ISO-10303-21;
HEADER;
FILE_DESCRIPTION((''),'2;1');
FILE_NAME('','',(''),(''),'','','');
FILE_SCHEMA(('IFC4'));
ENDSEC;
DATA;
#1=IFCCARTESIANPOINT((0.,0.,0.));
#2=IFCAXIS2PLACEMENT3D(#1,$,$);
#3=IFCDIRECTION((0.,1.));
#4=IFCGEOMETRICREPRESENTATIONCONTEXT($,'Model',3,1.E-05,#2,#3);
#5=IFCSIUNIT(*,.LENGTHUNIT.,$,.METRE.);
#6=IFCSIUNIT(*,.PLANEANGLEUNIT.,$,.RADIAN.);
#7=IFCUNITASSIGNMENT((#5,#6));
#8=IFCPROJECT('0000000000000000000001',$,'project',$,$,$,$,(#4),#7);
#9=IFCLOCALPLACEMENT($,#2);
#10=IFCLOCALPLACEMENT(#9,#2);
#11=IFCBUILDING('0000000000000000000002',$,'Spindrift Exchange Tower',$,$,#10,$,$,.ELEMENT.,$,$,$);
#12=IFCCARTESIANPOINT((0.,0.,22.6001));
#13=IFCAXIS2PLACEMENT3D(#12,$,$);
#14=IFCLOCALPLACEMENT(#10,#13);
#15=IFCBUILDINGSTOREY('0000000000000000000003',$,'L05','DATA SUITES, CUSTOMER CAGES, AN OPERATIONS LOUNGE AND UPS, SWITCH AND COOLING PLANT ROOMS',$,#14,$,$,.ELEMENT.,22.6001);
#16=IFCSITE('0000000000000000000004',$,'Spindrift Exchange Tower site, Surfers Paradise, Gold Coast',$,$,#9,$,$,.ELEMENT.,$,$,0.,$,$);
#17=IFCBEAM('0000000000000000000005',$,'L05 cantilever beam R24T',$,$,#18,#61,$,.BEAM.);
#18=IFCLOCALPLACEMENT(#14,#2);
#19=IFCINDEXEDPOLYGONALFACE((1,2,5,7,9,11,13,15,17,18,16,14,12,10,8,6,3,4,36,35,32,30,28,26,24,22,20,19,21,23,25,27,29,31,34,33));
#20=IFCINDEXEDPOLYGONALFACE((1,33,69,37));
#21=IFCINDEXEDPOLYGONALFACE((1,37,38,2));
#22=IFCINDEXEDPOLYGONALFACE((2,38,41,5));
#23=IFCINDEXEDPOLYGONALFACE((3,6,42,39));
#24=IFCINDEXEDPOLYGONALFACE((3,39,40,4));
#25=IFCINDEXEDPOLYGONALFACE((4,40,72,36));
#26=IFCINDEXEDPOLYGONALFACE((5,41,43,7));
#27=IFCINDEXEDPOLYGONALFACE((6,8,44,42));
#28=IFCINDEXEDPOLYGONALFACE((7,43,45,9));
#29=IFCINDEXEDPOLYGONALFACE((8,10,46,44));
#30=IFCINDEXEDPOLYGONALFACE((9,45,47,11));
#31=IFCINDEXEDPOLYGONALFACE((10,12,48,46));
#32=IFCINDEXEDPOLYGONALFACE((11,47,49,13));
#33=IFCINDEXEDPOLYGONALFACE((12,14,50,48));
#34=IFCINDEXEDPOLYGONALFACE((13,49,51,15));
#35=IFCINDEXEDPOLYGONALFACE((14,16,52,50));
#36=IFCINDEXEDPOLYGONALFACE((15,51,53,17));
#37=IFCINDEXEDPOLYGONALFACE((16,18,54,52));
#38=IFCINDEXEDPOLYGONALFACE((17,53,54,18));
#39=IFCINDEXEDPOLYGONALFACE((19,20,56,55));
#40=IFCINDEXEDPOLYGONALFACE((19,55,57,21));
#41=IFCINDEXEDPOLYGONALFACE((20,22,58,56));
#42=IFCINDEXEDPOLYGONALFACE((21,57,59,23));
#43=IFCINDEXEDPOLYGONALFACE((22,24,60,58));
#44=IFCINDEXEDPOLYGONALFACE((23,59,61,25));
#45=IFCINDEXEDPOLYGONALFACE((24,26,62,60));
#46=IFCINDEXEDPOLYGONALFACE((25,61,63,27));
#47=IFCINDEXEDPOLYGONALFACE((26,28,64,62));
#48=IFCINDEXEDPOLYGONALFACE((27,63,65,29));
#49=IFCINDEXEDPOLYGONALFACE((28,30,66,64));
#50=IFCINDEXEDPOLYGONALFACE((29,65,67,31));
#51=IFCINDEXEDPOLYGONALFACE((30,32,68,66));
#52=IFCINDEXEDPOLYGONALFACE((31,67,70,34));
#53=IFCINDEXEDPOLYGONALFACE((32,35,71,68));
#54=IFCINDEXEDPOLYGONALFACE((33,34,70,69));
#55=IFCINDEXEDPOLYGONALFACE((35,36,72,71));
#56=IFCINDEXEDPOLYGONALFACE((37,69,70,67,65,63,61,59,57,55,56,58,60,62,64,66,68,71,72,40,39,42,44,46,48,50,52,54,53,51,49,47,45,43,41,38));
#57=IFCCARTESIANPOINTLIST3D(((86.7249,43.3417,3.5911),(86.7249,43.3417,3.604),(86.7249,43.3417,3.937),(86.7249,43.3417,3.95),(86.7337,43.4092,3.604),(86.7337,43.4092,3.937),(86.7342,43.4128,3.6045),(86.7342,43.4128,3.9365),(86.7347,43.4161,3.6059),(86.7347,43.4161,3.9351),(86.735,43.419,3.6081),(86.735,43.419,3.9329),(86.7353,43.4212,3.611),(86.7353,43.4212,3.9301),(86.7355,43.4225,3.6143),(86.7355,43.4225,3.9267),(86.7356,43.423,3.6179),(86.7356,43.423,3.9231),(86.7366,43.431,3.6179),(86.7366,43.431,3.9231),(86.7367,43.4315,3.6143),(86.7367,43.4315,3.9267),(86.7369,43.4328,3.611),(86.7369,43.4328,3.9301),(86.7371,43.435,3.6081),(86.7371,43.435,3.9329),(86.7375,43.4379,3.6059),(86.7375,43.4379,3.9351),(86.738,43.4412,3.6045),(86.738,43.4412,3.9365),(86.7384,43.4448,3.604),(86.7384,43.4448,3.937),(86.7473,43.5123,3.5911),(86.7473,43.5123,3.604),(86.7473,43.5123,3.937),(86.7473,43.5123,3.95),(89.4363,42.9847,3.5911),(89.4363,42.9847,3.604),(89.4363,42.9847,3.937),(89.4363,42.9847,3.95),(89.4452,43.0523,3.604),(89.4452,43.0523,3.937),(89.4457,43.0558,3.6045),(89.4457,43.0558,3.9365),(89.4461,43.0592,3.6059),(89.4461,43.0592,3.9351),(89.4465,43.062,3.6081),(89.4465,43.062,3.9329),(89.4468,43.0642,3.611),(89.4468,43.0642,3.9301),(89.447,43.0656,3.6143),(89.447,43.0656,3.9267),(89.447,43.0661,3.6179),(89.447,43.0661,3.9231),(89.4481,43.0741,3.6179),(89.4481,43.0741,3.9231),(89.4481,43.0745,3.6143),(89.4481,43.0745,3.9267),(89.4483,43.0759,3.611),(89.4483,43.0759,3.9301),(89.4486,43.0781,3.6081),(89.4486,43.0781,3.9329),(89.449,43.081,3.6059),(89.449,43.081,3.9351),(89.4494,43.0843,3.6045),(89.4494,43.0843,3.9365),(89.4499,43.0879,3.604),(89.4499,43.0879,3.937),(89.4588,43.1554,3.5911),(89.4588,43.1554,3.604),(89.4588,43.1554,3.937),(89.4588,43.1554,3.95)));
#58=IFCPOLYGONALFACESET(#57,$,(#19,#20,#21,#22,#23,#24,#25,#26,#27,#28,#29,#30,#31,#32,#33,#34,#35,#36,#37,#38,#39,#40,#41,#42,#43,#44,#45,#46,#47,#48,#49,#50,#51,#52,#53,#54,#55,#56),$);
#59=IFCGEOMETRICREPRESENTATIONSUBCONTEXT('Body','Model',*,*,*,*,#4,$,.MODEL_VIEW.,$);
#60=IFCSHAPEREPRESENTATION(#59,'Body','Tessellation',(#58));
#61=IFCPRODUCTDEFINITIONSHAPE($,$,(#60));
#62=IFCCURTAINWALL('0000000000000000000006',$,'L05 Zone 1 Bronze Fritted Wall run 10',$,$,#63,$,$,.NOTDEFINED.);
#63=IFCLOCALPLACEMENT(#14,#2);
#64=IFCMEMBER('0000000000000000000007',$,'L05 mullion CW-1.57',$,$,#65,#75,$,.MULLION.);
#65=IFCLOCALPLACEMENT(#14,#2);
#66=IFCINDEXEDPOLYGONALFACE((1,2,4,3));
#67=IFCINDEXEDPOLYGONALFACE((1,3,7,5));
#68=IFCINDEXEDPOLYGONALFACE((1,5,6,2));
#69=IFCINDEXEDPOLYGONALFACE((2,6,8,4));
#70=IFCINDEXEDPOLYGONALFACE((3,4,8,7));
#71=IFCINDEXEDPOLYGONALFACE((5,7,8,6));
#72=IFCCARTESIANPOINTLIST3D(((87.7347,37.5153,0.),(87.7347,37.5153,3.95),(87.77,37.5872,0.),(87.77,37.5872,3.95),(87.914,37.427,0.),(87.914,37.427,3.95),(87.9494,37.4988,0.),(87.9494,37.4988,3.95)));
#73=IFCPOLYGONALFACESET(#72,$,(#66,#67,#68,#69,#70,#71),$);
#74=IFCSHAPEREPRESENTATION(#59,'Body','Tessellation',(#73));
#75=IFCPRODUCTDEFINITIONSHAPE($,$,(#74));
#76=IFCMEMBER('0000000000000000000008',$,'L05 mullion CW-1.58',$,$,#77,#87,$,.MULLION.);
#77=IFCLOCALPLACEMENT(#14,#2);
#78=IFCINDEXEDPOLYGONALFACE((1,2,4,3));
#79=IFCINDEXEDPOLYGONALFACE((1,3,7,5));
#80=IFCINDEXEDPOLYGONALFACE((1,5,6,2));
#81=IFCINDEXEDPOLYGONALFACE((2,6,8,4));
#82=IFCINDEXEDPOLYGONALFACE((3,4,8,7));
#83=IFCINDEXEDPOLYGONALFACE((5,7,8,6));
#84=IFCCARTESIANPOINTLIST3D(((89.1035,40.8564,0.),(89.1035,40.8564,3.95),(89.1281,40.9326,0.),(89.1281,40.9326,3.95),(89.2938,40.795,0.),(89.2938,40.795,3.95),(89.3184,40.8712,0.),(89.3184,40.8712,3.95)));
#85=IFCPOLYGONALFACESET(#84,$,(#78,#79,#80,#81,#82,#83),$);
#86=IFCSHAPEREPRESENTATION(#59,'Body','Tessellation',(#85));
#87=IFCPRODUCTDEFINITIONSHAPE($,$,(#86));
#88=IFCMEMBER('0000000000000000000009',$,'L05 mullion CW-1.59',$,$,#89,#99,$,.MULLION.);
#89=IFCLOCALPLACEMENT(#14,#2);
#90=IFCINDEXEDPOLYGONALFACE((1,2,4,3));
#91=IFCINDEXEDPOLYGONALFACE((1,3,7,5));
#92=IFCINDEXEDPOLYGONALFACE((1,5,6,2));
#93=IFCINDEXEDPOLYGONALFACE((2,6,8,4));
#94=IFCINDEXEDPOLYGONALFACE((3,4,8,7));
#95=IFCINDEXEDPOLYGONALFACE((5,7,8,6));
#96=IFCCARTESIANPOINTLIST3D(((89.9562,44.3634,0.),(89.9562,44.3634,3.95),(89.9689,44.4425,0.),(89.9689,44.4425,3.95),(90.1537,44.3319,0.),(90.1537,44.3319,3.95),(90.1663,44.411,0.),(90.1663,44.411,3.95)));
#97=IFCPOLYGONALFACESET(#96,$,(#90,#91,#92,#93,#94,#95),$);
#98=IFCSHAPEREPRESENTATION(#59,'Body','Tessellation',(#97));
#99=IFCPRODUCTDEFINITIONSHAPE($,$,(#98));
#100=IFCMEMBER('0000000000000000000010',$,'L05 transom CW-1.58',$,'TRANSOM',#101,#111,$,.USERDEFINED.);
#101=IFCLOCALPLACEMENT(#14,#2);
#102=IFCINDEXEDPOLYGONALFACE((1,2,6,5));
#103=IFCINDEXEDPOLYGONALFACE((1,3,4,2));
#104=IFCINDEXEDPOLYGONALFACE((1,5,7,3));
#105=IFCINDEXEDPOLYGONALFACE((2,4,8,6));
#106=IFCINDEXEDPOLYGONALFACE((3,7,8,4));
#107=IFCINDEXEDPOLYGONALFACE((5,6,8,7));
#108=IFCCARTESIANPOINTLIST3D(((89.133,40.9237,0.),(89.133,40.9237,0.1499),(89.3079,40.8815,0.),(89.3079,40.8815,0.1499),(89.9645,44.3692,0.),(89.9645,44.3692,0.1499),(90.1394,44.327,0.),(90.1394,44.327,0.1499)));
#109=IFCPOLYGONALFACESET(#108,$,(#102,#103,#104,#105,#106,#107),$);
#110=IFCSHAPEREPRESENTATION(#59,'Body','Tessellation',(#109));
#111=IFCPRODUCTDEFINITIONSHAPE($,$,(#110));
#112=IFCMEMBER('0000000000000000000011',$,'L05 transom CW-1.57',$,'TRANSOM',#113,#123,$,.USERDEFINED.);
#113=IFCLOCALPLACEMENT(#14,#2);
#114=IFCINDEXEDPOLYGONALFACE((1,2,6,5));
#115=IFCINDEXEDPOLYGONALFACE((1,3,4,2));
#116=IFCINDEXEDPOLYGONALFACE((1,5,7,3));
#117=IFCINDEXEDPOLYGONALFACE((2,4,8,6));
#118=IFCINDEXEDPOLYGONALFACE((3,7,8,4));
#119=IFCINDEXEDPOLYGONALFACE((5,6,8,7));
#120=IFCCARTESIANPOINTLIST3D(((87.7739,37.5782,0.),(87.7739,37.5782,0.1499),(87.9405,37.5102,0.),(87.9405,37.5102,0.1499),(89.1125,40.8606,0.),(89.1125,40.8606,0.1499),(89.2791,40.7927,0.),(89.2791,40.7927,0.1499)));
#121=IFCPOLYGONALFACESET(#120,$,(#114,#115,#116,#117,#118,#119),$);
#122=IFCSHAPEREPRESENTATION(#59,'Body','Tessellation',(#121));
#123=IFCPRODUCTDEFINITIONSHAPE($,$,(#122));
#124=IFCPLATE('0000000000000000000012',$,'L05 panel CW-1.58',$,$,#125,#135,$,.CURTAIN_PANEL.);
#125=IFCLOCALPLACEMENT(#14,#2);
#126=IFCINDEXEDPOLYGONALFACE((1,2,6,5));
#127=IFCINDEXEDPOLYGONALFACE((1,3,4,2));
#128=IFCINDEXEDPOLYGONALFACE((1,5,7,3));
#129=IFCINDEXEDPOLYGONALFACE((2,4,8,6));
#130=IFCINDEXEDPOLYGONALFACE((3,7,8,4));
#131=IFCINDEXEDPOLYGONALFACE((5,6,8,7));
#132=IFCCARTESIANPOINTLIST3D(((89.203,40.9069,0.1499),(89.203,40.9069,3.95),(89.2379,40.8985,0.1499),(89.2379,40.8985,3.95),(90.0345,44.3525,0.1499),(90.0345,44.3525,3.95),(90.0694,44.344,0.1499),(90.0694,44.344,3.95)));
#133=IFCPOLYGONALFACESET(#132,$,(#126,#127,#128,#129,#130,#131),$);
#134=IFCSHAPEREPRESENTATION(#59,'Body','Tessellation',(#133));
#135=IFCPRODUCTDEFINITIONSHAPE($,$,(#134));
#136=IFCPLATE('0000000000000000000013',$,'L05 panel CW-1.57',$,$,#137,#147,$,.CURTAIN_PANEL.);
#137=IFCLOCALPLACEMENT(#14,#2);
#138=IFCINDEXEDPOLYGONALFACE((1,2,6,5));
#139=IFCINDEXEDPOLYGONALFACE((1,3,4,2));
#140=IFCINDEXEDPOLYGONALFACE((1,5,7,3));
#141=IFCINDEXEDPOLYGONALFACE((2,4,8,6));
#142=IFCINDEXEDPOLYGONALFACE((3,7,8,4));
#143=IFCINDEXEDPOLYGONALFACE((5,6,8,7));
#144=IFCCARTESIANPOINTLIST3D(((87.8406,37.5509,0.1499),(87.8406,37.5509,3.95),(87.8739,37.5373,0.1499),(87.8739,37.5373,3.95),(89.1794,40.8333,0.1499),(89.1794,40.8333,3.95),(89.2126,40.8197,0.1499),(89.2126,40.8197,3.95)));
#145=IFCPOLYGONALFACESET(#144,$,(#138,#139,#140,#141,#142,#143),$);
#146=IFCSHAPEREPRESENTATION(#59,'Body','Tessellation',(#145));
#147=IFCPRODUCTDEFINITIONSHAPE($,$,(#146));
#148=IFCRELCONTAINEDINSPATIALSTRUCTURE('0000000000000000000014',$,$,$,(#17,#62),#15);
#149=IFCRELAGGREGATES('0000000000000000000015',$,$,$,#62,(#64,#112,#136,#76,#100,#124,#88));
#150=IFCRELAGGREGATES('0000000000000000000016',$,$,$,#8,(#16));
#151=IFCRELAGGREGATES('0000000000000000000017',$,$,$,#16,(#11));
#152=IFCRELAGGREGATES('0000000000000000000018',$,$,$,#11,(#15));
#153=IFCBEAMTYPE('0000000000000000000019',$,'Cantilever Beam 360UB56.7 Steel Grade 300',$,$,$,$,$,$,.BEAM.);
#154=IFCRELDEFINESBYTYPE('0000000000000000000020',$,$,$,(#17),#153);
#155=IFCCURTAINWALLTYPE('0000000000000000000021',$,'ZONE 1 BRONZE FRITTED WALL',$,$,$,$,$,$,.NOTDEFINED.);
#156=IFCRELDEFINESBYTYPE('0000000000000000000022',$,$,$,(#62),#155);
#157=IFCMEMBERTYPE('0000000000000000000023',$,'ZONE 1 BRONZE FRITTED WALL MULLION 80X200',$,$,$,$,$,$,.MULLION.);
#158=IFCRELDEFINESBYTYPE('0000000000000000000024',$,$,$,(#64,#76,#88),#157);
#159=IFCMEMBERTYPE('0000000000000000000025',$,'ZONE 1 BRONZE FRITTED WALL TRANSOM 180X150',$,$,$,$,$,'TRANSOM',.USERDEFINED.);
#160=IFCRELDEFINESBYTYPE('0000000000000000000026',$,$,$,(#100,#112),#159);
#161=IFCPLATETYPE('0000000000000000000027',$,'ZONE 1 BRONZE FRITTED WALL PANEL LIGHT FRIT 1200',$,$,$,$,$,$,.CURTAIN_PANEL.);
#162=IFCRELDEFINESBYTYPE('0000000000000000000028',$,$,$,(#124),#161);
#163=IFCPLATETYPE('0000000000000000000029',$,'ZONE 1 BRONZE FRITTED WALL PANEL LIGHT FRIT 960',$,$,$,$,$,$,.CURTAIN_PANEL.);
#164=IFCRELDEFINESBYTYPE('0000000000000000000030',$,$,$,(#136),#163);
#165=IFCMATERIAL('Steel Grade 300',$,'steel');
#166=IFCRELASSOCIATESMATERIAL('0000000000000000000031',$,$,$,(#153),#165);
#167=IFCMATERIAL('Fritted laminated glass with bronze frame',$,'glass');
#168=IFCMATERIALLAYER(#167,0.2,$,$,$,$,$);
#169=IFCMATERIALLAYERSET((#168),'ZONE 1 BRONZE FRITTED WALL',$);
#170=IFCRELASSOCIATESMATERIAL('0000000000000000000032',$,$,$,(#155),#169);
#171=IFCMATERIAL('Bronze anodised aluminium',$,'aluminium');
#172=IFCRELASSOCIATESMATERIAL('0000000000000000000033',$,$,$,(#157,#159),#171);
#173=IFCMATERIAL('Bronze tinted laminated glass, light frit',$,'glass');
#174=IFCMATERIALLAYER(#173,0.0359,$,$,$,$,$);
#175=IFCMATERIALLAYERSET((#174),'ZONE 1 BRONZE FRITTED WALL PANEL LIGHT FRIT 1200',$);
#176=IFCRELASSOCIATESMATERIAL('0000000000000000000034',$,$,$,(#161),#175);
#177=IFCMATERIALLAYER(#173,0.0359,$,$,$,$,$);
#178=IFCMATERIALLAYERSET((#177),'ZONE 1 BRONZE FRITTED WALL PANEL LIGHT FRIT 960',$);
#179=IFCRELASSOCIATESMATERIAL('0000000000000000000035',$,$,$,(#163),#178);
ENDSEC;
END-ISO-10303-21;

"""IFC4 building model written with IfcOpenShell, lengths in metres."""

from ifc_helpers import new_model, si_unit, direction, frame, origin, origin_2d, place, context, subcontext, project, spatial, rectangle, i_section, extrude, source, transform, mapped, material, layer, layer_set, material_profile, profile_set, type_object, element, aggregate, save


model = new_model("IFC4")

# Units and contexts
model_context = context("Model", 3, precision=1e-05, world=origin(), true_north=direction((0.0, 1.0)))
body_context = subcontext(model_context, "Body", "Model", "MODEL_VIEW")
ifc_project = project(units=[si_unit("LENGTHUNIT", "METRE"), si_unit("PLANEANGLEUNIT", "RADIAN")], contexts=[model_context])

# Site, building, storey
site_placement = place(None, origin())
site = spatial("IfcSite", under=ifc_project, at=site_placement, Name="Spindrift Exchange Tower site, Surfers Paradise, Gold Coast", CompositionType="ELEMENT", RefElevation=0.0)
building_placement = place(site_placement, origin())
building = spatial("IfcBuilding", under=site, at=building_placement, Name="Spindrift Exchange Tower", CompositionType="ELEMENT")
storey_placement = place(building_placement, frame((0.0, 0.0, 22.6001)))
storey = spatial("IfcBuildingStorey", under=building, at=storey_placement, Name="L05", Description="DATA SUITES, CUSTOMER CAGES, AN OPERATIONS LOUNGE AND UPS, SWITCH AND COOLING PLANT ROOMS", CompositionType="ELEMENT", Elevation=22.6001)

# Beam
ifc_material_1 = material(Name="Steel Grade 300", Category="steel")
ifc_material_profile_1 = material_profile(ifc_material_1, i_section(OverallWidth=0.1721, OverallDepth=0.3589, WebThickness=0.0081, FlangeThickness=0.0129, FilletRadius=0.0139, at=origin_2d()), Name="360UB56.7")
ifc_profile_set_1 = profile_set([ifc_material_profile_1], Name="Steel Grade 300")
beam_type_1 = type_object("IfcBeamType", Name="Cantilever Beam 360UB56.7 Steel Grade 300", PredefinedType="BEAM", material=ifc_profile_set_1)
shared_shape_1 = source(origin(), body_context, "Body", "SweptSolid", [
    extrude(i_section(OverallWidth=0.1721, OverallDepth=0.3589, WebThickness=0.0081, FlangeThickness=0.0129, FilletRadius=0.0139, at=origin_2d()), origin(), (0.0, 0.0, 1.0), 2.7349),
])
beam_1_placement = place(storey_placement, frame((86.7361, 43.427, 3.7705), z_axis=(0.991446, -0.130515, 0.0), x_axis=(0.130515, 0.991446, 0.0)))
element("IfcBeam", 1, at=beam_1_placement, inside=storey, type_object=beam_type_1, Name="L05 cantilever beam R24T", PredefinedType="BEAM", context=body_context, shape_type="MappedRepresentation", body=[
    mapped(shared_shape_1, transform((0.0, 0.0, 0.0), scale=1.0)),
])

# Curtain wall, members, plates
ifc_material_2 = material(Name="Fritted laminated glass with bronze frame", Category="glass")
ifc_layer_1 = layer(ifc_material_2, 0.2)
ifc_layer_set_1 = layer_set([ifc_layer_1], Name="ZONE 1 BRONZE FRITTED WALL")
curtain_wall_type = type_object("IfcCurtainWallType", Name="ZONE 1 BRONZE FRITTED WALL", PredefinedType="NOTDEFINED", material=ifc_layer_set_1)
curtain_wall_placement = place(storey_placement, origin())
curtain_wall = element("IfcCurtainWall", 2, at=curtain_wall_placement, inside=storey, type_object=curtain_wall_type, Name="L05 Zone 1 Bronze Fritted Wall run 10", PredefinedType="NOTDEFINED")
ifc_material_3 = material(Name="Bronze anodised aluminium", Category="aluminium")
ifc_material_profile_2 = material_profile(ifc_material_3, rectangle(XDim=0.0801, YDim=0.2, at=origin_2d()), Name="ZONE 1 BRONZE FRITTED WALL MULLION 80X200")
ifc_profile_set_2 = profile_set([ifc_material_profile_2], Name="Bronze anodised aluminium")
member_type_1 = type_object("IfcMemberType", Name="ZONE 1 BRONZE FRITTED WALL MULLION 80X200", PredefinedType="MULLION", material=ifc_profile_set_2)
shared_shape_2 = source(origin(), body_context, "Body", "SweptSolid", [
    extrude(rectangle(XDim=0.0801, YDim=0.2, at=origin_2d()), origin(), (0.0, 0.0, 1.0), 3.95),
])
member_1_placement = place(storey_placement, frame((87.842, 37.5071, 0.0), z_axis=(0.0, 0.0, 1.0), x_axis=(0.441893, 0.897068, 0.0)))
member_1 = element("IfcMember", 3, at=member_1_placement, type_object=member_type_1, Name="L05 mullion CW-1.57", PredefinedType="MULLION", context=body_context, shape_type="MappedRepresentation", body=[
    mapped(shared_shape_2, transform((0.0, 0.0, 0.0), scale=1.0)),
])
member_2_placement = place(storey_placement, frame((89.2109, 40.8638, 0.0), z_axis=(0.0, 0.0, 1.0), x_axis=(0.306991, 0.951712, 0.0)))
member_2 = element("IfcMember", 4, at=member_2_placement, type_object=member_type_1, Name="L05 mullion CW-1.58", PredefinedType="MULLION", context=body_context, shape_type="MappedRepresentation", body=[
    mapped(shared_shape_2, transform((0.0, 0.0, 0.0), scale=1.0)),
])
member_3_placement = place(storey_placement, frame((90.0613, 44.3872, 0.0), z_axis=(0.0, 0.0, 1.0), x_axis=(0.15761, 0.987501, 0.0)))
member_3 = element("IfcMember", 5, at=member_3_placement, type_object=member_type_1, Name="L05 mullion CW-1.59", PredefinedType="MULLION", context=body_context, shape_type="MappedRepresentation", body=[
    mapped(shared_shape_2, transform((0.0, 0.0, 0.0), scale=1.0)),
])
ifc_material_profile_3 = material_profile(ifc_material_3, rectangle(XDim=0.1799, YDim=0.1499, at=origin_2d()), Name="ZONE 1 BRONZE FRITTED WALL TRANSOM 180X150")
ifc_profile_set_3 = profile_set([ifc_material_profile_3], Name="Bronze anodised aluminium")
member_type_2 = type_object("IfcMemberType", Name="ZONE 1 BRONZE FRITTED WALL TRANSOM 180X150", ElementType="TRANSOM", PredefinedType="USERDEFINED", material=ifc_profile_set_3)
shared_shape_3 = source(origin(), body_context, "Body", "SweptSolid", [
    extrude(rectangle(XDim=0.1799, YDim=0.1499, at=origin_2d()), origin(), (0.0, 0.0, 1.0), 3.5444),
])
member_4_placement = place(storey_placement, frame((89.2205, 40.9026, 0.075), z_axis=(0.234602, 0.972091, 0.0), x_axis=(-0.972091, 0.234602, 0.0)))
member_4 = element("IfcMember", 6, at=member_4_placement, type_object=member_type_2, Name="L05 transom CW-1.58", ObjectType="TRANSOM", PredefinedType="USERDEFINED", context=body_context, shape_type="MappedRepresentation", body=[
    mapped(shared_shape_3, transform((0.0, 0.0, 0.0), scale=1.0)),
])
shared_shape_4 = source(origin(), body_context, "Body", "SweptSolid", [
    extrude(rectangle(XDim=0.1799, YDim=0.1499, at=origin_2d()), origin(), (0.0, 0.0, 1.0), 3.5449),
])
member_5_placement = place(storey_placement, frame((87.8572, 37.5442, 0.075), z_axis=(0.377616, 0.925962, 0.0), x_axis=(-0.925962, 0.377616, 0.0)))
member_5 = element("IfcMember", 7, at=member_5_placement, type_object=member_type_2, Name="L05 transom CW-1.57", ObjectType="TRANSOM", PredefinedType="USERDEFINED", context=body_context, shape_type="MappedRepresentation", body=[
    mapped(shared_shape_4, transform((0.0, 0.0, 0.0), scale=1.0)),
])
ifc_material_4 = material(Name="Bronze tinted laminated glass, light frit", Category="glass")
ifc_layer_2 = layer(ifc_material_4, 0.0359)
ifc_layer_set_2 = layer_set([ifc_layer_2], Name="ZONE 1 BRONZE FRITTED WALL PANEL LIGHT FRIT 1200")
plate_type_1 = type_object("IfcPlateType", Name="ZONE 1 BRONZE FRITTED WALL PANEL LIGHT FRIT 1200", PredefinedType="CURTAIN_PANEL", material=ifc_layer_set_2)
shared_shape_5 = source(origin(), body_context, "Body", "SweptSolid", [
    extrude(rectangle(XDim=3.5444, YDim=0.0359, at=origin_2d()), origin(), (0.0, 0.0, 1.0), 3.8),
])
plate_1_placement = place(storey_placement, frame((89.6362, 42.6255, 0.1499), z_axis=(0.0, 0.0, 1.0), x_axis=(0.234594, 0.972093, 0.0)))
plate_1 = element("IfcPlate", 8, at=plate_1_placement, type_object=plate_type_1, Name="L05 panel CW-1.58", PredefinedType="CURTAIN_PANEL", context=body_context, shape_type="MappedRepresentation", body=[
    mapped(shared_shape_5, transform((0.0, 0.0, 0.0), scale=1.0)),
])
ifc_layer_3 = layer(ifc_material_4, 0.0359)
ifc_layer_set_3 = layer_set([ifc_layer_3], Name="ZONE 1 BRONZE FRITTED WALL PANEL LIGHT FRIT 960")
plate_type_2 = type_object("IfcPlateType", Name="ZONE 1 BRONZE FRITTED WALL PANEL LIGHT FRIT 960", PredefinedType="CURTAIN_PANEL", material=ifc_layer_set_3)
shared_shape_6 = source(origin(), body_context, "Body", "SweptSolid", [
    extrude(rectangle(XDim=3.5449, YDim=0.0359, at=origin_2d()), origin(), (0.0, 0.0, 1.0), 3.8),
])
plate_2_placement = place(storey_placement, frame((88.5266, 39.1853, 0.1499), z_axis=(0.0, 0.0, 1.0), x_axis=(0.37765, 0.925948, 0.0)))
plate_2 = element("IfcPlate", 9, at=plate_2_placement, type_object=plate_type_2, Name="L05 panel CW-1.57", PredefinedType="CURTAIN_PANEL", context=body_context, shape_type="MappedRepresentation", body=[
    mapped(shared_shape_6, transform((0.0, 0.0, 0.0), scale=1.0)),
])
aggregate(curtain_wall, [member_1, member_5, plate_2, member_2, member_4, plate_1, member_3])

save(model, "model.ifc")
